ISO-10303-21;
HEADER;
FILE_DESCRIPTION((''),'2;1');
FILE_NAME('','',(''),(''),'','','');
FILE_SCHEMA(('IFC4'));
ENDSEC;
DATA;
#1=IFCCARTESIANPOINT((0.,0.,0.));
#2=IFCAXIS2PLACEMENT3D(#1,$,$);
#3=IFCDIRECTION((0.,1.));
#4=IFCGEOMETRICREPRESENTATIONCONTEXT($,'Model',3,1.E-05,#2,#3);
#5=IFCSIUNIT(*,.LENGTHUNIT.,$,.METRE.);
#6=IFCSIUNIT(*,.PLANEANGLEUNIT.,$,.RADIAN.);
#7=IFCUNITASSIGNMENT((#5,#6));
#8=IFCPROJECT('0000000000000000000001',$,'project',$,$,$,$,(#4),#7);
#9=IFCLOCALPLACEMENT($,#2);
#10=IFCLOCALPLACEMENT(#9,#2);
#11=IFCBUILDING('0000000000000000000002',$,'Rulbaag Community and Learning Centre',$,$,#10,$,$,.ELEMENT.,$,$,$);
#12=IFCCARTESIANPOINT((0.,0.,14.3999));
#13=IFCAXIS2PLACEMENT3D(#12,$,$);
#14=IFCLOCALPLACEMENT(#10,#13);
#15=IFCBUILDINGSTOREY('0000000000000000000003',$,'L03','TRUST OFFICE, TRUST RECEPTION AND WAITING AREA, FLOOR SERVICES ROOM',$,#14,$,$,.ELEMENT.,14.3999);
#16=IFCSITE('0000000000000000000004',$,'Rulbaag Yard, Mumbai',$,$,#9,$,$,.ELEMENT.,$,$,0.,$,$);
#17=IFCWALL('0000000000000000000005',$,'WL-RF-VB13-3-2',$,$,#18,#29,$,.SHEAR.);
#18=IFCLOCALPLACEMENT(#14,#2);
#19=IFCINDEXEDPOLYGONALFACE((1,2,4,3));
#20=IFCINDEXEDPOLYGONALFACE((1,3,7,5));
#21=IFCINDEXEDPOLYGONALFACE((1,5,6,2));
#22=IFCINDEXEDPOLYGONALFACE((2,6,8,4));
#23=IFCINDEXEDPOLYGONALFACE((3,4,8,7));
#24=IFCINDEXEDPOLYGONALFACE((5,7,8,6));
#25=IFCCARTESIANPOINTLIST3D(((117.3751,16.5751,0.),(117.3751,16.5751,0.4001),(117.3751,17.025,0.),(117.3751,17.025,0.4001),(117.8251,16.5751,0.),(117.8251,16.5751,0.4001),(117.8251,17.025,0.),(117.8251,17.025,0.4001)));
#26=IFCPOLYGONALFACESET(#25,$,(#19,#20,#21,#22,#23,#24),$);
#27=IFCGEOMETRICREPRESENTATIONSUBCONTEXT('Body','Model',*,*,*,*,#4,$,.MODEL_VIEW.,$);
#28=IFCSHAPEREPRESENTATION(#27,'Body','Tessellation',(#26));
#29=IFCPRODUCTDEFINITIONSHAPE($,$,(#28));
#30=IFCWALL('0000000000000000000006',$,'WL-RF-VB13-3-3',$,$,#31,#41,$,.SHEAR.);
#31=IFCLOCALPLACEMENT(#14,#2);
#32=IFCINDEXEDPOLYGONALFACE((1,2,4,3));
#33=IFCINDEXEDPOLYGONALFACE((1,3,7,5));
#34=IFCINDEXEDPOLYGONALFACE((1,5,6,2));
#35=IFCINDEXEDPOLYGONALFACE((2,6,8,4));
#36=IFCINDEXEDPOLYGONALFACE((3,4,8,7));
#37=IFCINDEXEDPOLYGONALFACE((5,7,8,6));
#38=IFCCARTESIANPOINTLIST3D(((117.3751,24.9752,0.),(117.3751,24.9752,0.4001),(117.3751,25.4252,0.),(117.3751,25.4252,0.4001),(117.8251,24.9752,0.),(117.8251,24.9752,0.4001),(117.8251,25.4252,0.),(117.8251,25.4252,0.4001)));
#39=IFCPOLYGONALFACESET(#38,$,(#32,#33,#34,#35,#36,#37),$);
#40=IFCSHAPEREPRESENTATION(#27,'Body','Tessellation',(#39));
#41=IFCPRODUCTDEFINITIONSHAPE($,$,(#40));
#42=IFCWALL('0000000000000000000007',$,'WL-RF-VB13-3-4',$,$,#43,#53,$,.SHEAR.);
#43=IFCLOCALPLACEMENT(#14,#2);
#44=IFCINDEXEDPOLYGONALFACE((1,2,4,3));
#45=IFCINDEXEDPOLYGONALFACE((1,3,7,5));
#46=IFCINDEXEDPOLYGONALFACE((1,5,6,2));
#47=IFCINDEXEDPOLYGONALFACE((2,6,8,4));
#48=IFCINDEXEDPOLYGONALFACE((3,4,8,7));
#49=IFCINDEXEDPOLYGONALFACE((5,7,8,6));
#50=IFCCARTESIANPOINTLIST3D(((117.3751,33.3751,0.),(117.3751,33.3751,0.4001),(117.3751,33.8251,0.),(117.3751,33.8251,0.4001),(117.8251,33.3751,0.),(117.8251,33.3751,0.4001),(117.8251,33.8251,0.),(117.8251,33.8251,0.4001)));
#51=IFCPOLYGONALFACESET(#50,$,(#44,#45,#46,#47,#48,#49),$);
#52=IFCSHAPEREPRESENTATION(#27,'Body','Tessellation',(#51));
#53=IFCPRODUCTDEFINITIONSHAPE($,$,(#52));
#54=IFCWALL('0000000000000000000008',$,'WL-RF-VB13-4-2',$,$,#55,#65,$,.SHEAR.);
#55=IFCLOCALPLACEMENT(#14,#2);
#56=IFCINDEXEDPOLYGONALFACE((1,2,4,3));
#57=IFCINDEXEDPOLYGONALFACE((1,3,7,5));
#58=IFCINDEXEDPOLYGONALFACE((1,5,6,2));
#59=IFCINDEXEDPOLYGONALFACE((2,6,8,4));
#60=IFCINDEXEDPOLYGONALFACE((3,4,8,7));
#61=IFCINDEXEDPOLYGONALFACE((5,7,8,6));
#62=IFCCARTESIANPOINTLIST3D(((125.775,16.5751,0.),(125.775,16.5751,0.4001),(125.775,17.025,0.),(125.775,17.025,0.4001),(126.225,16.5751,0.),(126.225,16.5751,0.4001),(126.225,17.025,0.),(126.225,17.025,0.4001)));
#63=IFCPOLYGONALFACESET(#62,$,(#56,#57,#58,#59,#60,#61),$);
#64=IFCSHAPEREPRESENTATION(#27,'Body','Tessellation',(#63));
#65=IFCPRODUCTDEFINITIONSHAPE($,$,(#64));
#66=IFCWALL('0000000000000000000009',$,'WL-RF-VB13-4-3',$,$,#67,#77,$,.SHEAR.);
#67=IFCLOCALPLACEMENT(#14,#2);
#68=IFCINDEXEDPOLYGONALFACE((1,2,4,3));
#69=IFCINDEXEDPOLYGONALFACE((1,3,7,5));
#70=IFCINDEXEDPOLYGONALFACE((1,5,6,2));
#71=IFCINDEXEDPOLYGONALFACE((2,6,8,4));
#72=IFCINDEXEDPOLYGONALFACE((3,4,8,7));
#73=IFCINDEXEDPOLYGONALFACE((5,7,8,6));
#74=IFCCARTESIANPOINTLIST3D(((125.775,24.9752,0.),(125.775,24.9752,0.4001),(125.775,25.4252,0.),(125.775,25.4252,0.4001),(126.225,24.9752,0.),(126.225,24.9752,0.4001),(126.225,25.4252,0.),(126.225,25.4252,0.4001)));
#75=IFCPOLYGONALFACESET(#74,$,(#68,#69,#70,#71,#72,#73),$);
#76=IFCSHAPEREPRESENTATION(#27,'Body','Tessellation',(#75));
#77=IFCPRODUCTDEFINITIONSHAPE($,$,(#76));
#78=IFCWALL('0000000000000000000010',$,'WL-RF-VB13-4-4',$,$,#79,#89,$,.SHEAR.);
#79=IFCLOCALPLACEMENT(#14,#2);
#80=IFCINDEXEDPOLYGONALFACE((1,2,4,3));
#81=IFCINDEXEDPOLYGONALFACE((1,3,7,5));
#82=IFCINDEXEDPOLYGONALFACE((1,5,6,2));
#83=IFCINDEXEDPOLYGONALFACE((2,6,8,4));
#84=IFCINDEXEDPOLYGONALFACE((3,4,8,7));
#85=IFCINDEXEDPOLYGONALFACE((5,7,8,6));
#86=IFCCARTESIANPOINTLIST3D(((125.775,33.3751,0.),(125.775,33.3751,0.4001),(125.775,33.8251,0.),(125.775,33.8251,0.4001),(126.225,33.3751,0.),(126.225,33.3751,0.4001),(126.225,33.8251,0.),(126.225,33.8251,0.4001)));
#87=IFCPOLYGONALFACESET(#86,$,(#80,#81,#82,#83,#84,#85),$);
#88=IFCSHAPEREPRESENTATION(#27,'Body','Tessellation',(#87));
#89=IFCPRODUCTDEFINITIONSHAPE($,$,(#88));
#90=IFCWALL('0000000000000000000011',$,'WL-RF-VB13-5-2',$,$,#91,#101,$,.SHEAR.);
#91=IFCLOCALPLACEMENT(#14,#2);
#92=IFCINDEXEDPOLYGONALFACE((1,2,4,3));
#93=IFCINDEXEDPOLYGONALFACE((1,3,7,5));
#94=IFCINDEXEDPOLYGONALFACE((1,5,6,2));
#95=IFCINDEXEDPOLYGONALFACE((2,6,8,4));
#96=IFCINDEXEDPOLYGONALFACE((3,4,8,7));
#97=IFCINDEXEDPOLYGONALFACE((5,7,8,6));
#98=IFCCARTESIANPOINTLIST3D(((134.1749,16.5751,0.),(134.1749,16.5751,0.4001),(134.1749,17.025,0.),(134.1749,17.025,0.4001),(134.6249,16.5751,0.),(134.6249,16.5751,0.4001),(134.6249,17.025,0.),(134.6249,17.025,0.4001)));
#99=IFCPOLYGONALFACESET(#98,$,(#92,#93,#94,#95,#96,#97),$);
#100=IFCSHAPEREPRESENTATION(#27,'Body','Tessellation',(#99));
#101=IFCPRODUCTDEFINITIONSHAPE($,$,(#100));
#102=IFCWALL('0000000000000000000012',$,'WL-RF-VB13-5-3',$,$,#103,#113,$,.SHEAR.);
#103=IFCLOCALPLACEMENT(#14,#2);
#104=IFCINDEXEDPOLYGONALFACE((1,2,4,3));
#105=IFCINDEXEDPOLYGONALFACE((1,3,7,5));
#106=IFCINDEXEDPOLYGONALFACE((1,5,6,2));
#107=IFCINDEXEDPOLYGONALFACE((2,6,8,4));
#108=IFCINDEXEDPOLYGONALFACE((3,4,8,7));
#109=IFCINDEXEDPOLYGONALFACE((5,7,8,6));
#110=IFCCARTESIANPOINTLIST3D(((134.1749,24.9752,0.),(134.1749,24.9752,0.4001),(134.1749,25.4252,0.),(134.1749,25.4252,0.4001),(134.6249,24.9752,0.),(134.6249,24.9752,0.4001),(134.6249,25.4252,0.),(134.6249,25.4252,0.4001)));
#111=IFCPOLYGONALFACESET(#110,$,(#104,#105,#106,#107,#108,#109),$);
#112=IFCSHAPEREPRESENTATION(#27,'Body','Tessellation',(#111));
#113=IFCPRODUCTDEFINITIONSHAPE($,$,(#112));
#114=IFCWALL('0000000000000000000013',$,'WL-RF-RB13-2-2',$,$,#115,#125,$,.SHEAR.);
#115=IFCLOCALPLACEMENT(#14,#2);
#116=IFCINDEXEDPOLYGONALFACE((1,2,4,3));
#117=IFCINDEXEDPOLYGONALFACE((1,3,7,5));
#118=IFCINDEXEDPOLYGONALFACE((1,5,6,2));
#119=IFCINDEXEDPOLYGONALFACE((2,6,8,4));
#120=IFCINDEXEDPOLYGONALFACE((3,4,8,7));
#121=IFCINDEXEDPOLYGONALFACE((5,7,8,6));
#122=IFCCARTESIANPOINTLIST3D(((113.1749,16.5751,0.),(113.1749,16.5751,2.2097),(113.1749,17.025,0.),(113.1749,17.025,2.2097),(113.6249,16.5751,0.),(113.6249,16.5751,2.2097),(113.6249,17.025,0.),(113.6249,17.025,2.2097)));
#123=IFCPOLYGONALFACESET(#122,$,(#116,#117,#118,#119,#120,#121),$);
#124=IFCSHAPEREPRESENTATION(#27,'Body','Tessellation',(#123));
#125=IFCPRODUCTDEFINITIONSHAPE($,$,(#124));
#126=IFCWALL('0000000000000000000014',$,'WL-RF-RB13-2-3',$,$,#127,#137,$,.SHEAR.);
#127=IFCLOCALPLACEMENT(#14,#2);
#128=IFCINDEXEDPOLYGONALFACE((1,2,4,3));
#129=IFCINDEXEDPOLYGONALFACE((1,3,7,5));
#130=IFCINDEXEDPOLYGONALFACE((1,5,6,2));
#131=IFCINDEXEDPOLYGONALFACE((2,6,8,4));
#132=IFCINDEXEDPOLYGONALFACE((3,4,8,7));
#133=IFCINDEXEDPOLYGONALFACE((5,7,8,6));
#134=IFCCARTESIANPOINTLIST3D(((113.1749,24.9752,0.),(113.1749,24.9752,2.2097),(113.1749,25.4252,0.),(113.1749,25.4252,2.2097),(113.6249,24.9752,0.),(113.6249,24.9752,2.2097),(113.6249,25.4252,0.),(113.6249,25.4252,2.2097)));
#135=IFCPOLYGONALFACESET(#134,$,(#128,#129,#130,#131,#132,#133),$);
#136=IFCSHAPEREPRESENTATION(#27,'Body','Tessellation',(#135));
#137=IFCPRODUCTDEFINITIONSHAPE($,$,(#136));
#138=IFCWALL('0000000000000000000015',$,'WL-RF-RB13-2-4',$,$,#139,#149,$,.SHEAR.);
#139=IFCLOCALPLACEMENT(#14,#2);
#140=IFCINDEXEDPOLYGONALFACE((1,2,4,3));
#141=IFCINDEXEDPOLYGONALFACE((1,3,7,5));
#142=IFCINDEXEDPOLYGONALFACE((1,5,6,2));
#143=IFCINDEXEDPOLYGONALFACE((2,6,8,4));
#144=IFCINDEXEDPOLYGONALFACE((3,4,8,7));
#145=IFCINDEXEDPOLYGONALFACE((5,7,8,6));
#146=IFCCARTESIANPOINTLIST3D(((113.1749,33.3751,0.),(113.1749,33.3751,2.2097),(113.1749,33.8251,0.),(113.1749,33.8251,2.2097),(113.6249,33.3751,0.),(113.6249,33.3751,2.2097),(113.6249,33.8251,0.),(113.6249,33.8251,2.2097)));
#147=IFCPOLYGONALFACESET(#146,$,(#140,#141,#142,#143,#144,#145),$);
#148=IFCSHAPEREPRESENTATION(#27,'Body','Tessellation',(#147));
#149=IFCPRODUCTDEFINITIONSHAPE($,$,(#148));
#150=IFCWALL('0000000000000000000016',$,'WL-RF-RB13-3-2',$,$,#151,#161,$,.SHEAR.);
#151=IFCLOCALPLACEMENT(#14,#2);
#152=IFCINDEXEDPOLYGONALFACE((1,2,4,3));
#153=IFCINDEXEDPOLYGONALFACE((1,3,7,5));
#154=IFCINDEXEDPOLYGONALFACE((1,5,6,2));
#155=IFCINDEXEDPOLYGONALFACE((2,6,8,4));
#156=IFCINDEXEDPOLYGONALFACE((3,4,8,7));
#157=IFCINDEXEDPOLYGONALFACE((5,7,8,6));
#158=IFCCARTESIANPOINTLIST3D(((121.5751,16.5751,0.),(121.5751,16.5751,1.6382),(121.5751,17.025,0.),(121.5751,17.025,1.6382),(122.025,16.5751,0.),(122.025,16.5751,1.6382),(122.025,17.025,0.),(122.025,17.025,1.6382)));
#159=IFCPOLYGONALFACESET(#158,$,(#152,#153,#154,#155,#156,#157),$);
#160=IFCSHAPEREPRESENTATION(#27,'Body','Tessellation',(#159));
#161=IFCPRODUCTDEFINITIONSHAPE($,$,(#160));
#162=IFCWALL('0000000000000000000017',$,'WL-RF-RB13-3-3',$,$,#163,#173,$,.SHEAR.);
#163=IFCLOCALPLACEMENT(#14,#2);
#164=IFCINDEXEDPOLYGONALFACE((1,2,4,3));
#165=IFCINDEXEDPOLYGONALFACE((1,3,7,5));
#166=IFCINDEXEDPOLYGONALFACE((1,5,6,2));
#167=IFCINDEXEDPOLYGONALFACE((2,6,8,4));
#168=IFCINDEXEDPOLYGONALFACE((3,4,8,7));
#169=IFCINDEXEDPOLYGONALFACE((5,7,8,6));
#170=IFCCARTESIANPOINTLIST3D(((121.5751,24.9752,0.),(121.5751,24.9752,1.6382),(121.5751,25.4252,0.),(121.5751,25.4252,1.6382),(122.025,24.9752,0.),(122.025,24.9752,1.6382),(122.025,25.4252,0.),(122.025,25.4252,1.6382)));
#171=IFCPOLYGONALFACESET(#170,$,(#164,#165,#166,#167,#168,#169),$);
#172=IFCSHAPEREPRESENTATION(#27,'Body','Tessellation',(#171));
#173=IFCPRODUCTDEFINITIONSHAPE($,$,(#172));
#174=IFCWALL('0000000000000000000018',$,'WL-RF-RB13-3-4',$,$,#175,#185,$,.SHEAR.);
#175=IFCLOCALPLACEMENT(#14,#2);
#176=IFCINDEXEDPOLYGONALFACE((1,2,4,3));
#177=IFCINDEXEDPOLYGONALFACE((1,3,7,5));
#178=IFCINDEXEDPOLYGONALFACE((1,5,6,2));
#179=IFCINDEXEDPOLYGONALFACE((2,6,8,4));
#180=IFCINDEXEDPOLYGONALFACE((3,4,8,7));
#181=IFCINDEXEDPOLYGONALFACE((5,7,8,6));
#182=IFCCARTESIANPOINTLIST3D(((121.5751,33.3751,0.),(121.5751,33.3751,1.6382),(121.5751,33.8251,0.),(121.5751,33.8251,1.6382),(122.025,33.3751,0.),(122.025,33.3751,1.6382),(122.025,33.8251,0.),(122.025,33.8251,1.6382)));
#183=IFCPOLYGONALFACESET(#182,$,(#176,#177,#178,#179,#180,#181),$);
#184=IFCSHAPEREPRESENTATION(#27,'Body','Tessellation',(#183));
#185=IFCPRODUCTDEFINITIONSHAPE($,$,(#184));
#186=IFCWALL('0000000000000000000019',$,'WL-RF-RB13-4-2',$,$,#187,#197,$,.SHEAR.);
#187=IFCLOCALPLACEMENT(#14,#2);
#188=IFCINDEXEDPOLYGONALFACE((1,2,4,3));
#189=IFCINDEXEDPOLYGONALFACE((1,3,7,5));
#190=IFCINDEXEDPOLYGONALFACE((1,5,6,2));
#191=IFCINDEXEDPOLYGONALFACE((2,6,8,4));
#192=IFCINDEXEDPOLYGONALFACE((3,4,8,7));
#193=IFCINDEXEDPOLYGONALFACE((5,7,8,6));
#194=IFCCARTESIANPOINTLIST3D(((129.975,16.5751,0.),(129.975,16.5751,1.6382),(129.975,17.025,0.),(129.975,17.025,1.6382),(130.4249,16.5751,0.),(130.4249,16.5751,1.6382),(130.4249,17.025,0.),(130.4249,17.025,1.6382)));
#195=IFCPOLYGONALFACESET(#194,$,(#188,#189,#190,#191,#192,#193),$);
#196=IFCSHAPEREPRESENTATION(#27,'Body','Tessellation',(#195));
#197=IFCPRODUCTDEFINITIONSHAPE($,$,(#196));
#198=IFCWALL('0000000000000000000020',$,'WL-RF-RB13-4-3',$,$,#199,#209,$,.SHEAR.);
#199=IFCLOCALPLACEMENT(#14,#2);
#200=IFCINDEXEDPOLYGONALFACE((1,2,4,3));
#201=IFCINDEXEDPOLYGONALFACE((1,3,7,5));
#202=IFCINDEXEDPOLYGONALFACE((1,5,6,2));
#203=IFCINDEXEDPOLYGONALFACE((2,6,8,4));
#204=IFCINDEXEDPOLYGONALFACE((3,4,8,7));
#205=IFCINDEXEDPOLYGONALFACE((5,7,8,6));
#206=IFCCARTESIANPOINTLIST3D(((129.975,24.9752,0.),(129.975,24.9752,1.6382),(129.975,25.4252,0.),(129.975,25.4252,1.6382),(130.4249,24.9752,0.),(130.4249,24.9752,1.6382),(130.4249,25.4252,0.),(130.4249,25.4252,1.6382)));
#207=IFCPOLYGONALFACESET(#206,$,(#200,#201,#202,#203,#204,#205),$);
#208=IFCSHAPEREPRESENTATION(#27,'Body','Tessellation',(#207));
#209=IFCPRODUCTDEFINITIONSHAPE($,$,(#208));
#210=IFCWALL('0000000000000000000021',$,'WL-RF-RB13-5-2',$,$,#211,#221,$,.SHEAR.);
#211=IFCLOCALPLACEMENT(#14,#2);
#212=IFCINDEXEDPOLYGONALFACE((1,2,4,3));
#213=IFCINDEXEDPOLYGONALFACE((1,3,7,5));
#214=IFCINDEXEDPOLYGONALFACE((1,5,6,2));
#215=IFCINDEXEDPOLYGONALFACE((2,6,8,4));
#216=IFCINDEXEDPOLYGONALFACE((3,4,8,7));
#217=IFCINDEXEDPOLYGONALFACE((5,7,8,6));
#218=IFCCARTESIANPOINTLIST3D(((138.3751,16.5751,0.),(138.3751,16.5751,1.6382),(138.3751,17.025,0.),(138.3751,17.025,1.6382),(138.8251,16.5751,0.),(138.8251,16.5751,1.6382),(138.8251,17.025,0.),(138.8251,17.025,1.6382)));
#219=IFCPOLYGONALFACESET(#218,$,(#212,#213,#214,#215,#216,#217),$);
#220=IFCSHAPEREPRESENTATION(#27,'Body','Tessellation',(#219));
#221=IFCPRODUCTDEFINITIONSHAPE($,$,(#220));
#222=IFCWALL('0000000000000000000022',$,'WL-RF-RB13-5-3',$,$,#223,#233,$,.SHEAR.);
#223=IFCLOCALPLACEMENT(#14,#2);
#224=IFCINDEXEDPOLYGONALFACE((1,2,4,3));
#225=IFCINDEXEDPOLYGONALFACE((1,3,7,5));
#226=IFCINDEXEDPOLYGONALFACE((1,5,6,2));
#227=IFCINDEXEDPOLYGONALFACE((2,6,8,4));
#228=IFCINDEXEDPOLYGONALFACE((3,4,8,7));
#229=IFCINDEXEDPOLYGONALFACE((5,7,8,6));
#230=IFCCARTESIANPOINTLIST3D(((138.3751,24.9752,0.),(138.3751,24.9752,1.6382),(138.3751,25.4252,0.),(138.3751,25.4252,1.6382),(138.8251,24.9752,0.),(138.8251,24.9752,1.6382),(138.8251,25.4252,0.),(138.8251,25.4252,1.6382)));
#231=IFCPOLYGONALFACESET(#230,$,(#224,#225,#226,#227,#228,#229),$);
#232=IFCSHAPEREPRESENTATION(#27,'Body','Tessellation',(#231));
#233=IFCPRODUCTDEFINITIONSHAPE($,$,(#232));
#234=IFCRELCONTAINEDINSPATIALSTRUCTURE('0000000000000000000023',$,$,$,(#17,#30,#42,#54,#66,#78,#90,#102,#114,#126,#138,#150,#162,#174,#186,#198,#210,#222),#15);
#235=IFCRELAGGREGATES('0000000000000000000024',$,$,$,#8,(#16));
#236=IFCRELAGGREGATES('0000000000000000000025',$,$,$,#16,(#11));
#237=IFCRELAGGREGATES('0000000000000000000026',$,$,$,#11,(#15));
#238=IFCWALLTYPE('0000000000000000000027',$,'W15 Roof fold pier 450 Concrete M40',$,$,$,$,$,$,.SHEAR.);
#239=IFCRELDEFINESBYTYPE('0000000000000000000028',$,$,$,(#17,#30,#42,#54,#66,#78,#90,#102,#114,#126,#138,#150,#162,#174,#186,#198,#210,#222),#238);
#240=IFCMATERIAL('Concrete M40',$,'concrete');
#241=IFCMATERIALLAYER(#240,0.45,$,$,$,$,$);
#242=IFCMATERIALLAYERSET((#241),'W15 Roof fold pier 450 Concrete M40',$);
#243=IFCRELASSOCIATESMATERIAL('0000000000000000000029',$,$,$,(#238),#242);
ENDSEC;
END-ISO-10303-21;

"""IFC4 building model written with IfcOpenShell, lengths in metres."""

from ifc_helpers import new_model, si_unit, direction, frame, frame_2d, origin, place, context, subcontext, project, spatial, rectangle, extrude, material, layer, layer_set, type_object, element, save


model = new_model("IFC4")

# Units and contexts
model_context = context("Model", 3, precision=1e-05, world=origin(), true_north=direction((0.0, 1.0)))
body_context = subcontext(model_context, "Body", "Model", "MODEL_VIEW")
ifc_project = project(units=[si_unit("LENGTHUNIT", "METRE"), si_unit("PLANEANGLEUNIT", "RADIAN")], contexts=[model_context])

# Site, building, storey
site_placement = place(None, origin())
site = spatial("IfcSite", under=ifc_project, at=site_placement, Name="Rulbaag Yard, Mumbai", CompositionType="ELEMENT", RefElevation=0.0)
building_placement = place(site_placement, origin())
building = spatial("IfcBuilding", under=site, at=building_placement, Name="Rulbaag Community and Learning Centre", CompositionType="ELEMENT")
storey_placement = place(building_placement, frame((0.0, 0.0, 14.3999)))
storey = spatial("IfcBuildingStorey", under=building, at=storey_placement, Name="L03", Description="TRUST OFFICE, TRUST RECEPTION AND WAITING AREA, FLOOR SERVICES ROOM", CompositionType="ELEMENT", Elevation=14.3999)

# Shared definitions
ifc_material = material(Name="Concrete M40", Category="concrete")

# Walls
ifc_layer = layer(ifc_material, 0.45)
ifc_layer_set = layer_set([ifc_layer], Name="W15 Roof fold pier 450 Concrete M40")
wall_type = type_object("IfcWallType", Name="W15 Roof fold pier 450 Concrete M40", PredefinedType="SHEAR", material=ifc_layer_set)
for number, where, z_axis, x_axis, name in (
    (1, (117.6001, 16.575, 0.0), (0.0, 0.0, 1.0), (0.0, 1.0, 0.0), "WL-RF-VB13-3-2"),
    (2, (117.6001, 24.9751, 0.0), (0.0, 0.0, 1.0), (0.0, 1.0, 0.0), "WL-RF-VB13-3-3"),
    (3, (117.6001, 33.375, 0.0), (0.0, 0.0, 1.0), (0.0, 1.0, 0.0), "WL-RF-VB13-3-4"),
    (4, (126.0, 16.575, 0.0), (0.0, 0.0, 1.0), (0.0, 1.0, 0.0), "WL-RF-VB13-4-2"),
    (5, (126.0, 24.9751, 0.0), (0.0, 0.0, 1.0), (0.0, 1.0, 0.0), "WL-RF-VB13-4-3"),
    (6, (126.0, 33.375, 0.0), (0.0, 0.0, 1.0), (0.0, 1.0, 0.0), "WL-RF-VB13-4-4"),
    (7, (134.3999, 16.575, 0.0), (0.0, 0.0, 1.0), (0.0, 1.0, 0.0), "WL-RF-VB13-5-2"),
    (8, (134.3999, 24.9751, 0.0), (0.0, 0.0, 1.0), (0.0, 1.0, 0.0), "WL-RF-VB13-5-3"),
):
    element("IfcWall", number, at=place(storey_placement, frame(where, z_axis=z_axis, x_axis=x_axis)), inside=storey, type_object=wall_type, Name=name, PredefinedType="SHEAR", context=body_context, shape_type="SweptSolid", body=[
        extrude(rectangle(XDim=0.45, YDim=0.45, at=frame_2d((0.2251, 0.0))), origin(), (0.0, 0.0, 1.0), 0.4001),
    ])
for number, where, z_axis, x_axis, name in (
    (9, (113.3999, 16.575, 0.0), (0.0, 0.0, 1.0), (0.0, 1.0, 0.0), "WL-RF-RB13-2-2"),
    (10, (113.3999, 24.9751, 0.0), (0.0, 0.0, 1.0), (0.0, 1.0, 0.0), "WL-RF-RB13-2-3"),
    (11, (113.3999, 33.375, 0.0), (0.0, 0.0, 1.0), (0.0, 1.0, 0.0), "WL-RF-RB13-2-4"),
):
    element("IfcWall", number, at=place(storey_placement, frame(where, z_axis=z_axis, x_axis=x_axis)), inside=storey, type_object=wall_type, Name=name, PredefinedType="SHEAR", context=body_context, shape_type="SweptSolid", body=[
        extrude(rectangle(XDim=0.45, YDim=0.45, at=frame_2d((0.2251, 0.0))), origin(), (0.0, 0.0, 1.0), 2.2097),
    ])
for number, where, z_axis, x_axis, name in (
    (12, (121.8, 16.575, 0.0), (0.0, 0.0, 1.0), (0.0, 1.0, 0.0), "WL-RF-RB13-3-2"),
    (13, (121.8, 24.9751, 0.0), (0.0, 0.0, 1.0), (0.0, 1.0, 0.0), "WL-RF-RB13-3-3"),
    (14, (121.8, 33.375, 0.0), (0.0, 0.0, 1.0), (0.0, 1.0, 0.0), "WL-RF-RB13-3-4"),
    (15, (130.2, 16.575, 0.0), (0.0, 0.0, 1.0), (0.0, 1.0, 0.0), "WL-RF-RB13-4-2"),
    (16, (130.2, 24.9751, 0.0), (0.0, 0.0, 1.0), (0.0, 1.0, 0.0), "WL-RF-RB13-4-3"),
    (17, (138.6001, 16.575, 0.0), (0.0, 0.0, 1.0), (0.0, 1.0, 0.0), "WL-RF-RB13-5-2"),
    (18, (138.6001, 24.9751, 0.0), (0.0, 0.0, 1.0), (0.0, 1.0, 0.0), "WL-RF-RB13-5-3"),
):
    element("IfcWall", number, at=place(storey_placement, frame(where, z_axis=z_axis, x_axis=x_axis)), inside=storey, type_object=wall_type, Name=name, PredefinedType="SHEAR", context=body_context, shape_type="SweptSolid", body=[
        extrude(rectangle(XDim=0.45, YDim=0.45, at=frame_2d((0.2251, 0.0))), origin(), (0.0, 0.0, 1.0), 1.6382),
    ])

save(model, "model.ifc")
